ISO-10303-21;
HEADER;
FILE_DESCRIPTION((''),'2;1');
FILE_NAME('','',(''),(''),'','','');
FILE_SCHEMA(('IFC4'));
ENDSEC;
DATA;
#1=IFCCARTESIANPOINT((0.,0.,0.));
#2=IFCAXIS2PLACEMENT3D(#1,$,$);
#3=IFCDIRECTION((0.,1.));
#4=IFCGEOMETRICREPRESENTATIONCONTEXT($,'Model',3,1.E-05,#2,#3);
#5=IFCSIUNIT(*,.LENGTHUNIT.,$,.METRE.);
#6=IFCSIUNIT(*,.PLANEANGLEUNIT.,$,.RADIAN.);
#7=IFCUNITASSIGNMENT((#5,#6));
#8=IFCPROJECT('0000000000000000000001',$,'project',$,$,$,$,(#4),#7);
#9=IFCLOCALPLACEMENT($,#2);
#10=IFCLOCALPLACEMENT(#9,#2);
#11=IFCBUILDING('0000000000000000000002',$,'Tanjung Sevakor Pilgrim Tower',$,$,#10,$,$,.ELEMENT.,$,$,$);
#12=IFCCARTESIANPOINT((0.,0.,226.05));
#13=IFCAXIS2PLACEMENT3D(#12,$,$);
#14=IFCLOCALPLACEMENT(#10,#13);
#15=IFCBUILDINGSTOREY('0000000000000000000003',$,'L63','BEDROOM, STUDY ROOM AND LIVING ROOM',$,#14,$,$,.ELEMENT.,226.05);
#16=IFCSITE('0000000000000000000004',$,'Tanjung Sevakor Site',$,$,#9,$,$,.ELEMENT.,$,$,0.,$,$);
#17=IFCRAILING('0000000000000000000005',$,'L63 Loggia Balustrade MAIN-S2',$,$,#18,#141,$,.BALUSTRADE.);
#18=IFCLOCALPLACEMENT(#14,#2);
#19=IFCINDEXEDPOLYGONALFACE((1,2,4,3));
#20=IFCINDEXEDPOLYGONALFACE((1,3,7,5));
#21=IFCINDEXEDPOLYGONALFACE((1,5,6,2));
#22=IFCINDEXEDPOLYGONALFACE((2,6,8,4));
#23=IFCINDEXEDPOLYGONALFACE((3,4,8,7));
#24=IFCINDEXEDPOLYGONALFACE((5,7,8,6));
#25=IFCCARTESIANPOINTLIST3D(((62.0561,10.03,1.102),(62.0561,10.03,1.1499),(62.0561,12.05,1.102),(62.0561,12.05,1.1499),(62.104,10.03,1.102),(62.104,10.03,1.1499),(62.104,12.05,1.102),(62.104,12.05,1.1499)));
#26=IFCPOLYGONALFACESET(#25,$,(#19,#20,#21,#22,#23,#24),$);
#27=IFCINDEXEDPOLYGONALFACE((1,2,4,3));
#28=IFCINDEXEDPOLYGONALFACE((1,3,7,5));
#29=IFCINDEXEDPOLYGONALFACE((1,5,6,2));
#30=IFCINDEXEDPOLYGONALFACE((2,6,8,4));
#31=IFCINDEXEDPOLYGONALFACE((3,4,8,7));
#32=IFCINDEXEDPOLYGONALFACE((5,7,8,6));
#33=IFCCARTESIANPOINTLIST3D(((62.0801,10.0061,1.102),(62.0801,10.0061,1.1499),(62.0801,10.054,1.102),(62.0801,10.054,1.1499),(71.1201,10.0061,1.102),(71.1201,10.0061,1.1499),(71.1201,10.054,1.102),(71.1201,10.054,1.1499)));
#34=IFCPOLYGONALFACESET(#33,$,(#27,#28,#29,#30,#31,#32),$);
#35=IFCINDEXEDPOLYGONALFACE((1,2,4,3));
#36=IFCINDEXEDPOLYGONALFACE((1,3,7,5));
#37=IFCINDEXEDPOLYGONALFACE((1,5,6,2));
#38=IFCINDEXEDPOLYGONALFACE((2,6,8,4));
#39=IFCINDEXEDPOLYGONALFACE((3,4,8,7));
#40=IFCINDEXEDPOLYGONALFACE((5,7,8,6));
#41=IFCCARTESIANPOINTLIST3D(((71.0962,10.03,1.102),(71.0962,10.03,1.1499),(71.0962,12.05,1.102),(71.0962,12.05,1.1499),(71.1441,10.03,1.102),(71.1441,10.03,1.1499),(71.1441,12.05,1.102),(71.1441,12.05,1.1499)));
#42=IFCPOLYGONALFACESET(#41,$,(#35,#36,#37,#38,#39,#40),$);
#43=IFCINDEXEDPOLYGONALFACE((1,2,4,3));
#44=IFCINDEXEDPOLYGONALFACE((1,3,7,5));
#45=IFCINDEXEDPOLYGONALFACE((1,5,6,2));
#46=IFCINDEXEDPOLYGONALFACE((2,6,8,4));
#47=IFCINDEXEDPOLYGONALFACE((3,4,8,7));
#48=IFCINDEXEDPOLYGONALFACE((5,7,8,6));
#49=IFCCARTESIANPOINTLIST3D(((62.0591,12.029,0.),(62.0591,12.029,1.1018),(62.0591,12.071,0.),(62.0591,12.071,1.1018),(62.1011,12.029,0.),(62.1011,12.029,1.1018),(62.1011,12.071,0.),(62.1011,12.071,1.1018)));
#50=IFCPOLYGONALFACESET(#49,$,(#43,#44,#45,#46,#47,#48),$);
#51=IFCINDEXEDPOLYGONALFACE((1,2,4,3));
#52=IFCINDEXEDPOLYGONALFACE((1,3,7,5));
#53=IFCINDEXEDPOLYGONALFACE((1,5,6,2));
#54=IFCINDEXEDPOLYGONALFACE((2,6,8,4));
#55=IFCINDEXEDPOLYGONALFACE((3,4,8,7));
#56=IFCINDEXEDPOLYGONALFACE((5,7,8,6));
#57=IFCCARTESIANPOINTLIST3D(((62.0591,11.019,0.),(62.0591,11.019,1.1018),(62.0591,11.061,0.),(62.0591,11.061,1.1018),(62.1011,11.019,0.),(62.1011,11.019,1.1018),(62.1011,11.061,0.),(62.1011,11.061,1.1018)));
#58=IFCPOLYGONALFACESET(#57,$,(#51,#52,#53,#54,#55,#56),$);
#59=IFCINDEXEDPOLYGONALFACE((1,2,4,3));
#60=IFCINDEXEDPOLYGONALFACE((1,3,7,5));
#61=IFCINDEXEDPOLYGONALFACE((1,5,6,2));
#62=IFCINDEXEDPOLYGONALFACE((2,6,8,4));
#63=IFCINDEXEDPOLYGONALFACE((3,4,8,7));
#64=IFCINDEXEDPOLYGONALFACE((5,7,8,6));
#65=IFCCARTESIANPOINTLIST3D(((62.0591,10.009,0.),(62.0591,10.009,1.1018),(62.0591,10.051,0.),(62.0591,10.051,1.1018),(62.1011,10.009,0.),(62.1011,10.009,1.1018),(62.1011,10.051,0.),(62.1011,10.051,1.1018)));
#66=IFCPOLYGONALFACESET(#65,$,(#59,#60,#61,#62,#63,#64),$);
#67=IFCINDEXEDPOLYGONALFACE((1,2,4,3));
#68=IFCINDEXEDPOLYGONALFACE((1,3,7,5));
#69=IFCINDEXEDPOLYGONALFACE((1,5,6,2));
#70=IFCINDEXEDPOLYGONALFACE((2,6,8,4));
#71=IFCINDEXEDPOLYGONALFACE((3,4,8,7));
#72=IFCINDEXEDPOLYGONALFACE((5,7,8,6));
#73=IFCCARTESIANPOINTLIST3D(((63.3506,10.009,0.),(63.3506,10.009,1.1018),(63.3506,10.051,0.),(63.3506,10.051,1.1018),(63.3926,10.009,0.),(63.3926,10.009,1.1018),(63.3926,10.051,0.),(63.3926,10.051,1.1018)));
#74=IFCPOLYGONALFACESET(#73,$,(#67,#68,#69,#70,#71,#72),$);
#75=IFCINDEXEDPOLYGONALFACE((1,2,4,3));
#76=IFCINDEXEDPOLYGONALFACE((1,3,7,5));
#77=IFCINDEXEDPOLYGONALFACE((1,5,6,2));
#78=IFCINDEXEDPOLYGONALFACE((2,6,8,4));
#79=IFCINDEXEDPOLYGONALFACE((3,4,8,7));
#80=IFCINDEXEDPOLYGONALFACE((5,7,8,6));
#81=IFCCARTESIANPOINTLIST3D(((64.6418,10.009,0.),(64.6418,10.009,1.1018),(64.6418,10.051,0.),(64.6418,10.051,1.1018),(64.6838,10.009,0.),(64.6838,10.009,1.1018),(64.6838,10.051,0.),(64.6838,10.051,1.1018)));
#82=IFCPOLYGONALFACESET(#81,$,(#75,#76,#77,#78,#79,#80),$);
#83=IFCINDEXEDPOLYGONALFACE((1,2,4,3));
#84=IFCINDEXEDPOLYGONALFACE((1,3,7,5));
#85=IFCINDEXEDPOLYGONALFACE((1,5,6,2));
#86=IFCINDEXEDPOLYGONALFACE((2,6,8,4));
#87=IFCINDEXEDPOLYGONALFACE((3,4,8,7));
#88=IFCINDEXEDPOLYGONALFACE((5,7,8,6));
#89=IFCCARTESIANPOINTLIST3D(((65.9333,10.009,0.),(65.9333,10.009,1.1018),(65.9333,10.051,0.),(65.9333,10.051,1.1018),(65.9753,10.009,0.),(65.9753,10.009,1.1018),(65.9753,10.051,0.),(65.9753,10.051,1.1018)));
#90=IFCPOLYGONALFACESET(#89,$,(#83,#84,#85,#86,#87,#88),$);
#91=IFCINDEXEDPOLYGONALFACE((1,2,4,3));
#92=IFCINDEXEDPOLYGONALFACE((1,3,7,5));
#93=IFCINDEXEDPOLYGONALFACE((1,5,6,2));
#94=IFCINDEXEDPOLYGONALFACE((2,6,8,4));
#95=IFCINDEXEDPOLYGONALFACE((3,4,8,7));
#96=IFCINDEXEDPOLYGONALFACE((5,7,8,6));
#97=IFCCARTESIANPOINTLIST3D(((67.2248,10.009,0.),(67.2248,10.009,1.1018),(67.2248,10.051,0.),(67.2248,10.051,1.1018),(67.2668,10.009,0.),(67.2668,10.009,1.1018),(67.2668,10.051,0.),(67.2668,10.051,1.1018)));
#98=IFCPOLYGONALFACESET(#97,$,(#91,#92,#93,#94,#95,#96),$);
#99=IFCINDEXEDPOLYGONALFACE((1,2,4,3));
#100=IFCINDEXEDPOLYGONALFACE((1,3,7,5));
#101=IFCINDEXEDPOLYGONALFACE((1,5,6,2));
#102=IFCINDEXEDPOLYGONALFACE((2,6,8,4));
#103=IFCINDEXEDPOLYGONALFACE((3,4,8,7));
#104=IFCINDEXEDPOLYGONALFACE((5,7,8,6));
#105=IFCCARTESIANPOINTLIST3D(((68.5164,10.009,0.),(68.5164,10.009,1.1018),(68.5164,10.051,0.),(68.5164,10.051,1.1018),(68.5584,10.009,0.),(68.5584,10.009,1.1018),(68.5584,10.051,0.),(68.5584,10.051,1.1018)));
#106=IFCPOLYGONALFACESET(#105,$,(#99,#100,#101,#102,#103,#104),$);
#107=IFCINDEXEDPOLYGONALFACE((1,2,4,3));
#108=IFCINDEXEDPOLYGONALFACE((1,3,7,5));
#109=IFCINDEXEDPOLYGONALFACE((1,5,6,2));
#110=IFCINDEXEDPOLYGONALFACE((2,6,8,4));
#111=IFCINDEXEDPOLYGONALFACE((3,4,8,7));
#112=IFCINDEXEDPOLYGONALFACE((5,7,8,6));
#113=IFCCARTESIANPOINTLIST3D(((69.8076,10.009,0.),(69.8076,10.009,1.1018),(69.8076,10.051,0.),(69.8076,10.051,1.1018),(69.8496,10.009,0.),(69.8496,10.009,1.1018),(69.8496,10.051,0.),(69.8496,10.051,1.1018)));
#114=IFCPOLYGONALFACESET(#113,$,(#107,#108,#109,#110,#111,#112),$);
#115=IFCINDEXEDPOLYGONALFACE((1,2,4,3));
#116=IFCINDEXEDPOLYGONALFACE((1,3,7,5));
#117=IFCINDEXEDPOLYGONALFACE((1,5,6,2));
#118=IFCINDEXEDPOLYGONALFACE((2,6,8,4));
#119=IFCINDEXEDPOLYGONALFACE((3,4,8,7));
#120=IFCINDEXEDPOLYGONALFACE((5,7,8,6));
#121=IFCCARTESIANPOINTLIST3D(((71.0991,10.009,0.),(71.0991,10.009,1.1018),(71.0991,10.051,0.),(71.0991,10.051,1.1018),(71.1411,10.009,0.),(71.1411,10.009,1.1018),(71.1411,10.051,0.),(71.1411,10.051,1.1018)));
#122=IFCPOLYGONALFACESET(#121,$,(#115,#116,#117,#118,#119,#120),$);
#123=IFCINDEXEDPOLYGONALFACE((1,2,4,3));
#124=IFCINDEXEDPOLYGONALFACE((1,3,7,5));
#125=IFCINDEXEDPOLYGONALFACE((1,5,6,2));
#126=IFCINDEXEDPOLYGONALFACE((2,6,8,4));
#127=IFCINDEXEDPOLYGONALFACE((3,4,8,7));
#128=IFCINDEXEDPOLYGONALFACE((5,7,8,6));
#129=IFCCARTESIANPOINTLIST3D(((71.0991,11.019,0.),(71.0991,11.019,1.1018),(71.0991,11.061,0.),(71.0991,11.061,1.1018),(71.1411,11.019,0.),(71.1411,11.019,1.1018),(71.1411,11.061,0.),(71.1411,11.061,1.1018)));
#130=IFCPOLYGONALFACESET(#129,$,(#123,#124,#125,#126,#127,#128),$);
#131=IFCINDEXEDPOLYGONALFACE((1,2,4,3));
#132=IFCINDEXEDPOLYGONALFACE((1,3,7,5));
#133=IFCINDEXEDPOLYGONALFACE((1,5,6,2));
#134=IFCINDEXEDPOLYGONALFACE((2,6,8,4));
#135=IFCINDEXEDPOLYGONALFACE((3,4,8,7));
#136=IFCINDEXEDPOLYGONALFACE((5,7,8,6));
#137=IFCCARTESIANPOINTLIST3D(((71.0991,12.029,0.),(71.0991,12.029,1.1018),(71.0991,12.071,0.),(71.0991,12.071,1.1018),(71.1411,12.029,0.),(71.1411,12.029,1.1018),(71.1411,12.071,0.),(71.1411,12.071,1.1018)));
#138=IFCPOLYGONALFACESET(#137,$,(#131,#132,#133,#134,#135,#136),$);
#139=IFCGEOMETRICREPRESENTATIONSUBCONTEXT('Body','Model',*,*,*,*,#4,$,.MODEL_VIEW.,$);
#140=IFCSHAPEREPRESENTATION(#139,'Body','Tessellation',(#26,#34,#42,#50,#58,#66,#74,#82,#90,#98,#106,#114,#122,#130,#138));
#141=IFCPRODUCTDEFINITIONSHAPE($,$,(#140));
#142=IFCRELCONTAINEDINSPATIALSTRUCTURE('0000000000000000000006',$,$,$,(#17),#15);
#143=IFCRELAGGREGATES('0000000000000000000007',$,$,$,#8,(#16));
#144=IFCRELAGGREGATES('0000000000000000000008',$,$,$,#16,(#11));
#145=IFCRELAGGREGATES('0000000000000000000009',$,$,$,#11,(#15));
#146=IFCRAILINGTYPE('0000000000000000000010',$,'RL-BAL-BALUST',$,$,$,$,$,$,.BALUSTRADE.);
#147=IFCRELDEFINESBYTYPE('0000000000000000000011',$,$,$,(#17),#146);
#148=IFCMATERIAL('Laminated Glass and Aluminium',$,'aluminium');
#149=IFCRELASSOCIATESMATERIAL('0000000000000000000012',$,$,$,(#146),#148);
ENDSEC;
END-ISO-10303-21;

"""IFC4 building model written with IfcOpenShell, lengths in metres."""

from ifc_helpers import new_model, si_unit, direction, frame, origin, place, context, subcontext, project, spatial, rectangle, extrude, material, type_object, element, save


model = new_model("IFC4")

# Units and contexts
model_context = context("Model", 3, precision=1e-05, world=origin(), true_north=direction((0.0, 1.0)))
body_context = subcontext(model_context, "Body", "Model", "MODEL_VIEW")
ifc_project = project(units=[si_unit("LENGTHUNIT", "METRE"), si_unit("PLANEANGLEUNIT", "RADIAN")], contexts=[model_context])

# Site, building, storey
site_placement = place(None, origin())
site = spatial("IfcSite", under=ifc_project, at=site_placement, Name="Tanjung Sevakor Site", CompositionType="ELEMENT", RefElevation=0.0)
building_placement = place(site_placement, origin())
building = spatial("IfcBuilding", under=site, at=building_placement, Name="Tanjung Sevakor Pilgrim Tower", CompositionType="ELEMENT")
storey_placement = place(building_placement, frame((0.0, 0.0, 226.05)))
storey = spatial("IfcBuildingStorey", under=building, at=storey_placement, Name="L63", Description="BEDROOM, STUDY ROOM AND LIVING ROOM", CompositionType="ELEMENT", Elevation=226.05)

# Railing
ifc_material_1 = material(Name="Laminated Glass and Aluminium", Category="aluminium")
railing_type = type_object("IfcRailingType", Name="RL-BAL-BALUST", PredefinedType="BALUSTRADE", material=ifc_material_1)
railing_placement = place(storey_placement, frame((62.0801, 12.05, 0.0)))
element("IfcRailing", 1, at=railing_placement, inside=storey, type_object=railing_type, Name="L63 Loggia Balustrade MAIN-S2", PredefinedType="BALUSTRADE", context=body_context, shape_type="SweptSolid", body=[
    extrude(rectangle(XDim=0.0479, YDim=0.0479), frame((0.0, 0.0, 1.126), z_axis=(0.0, -1.0, 0.0), x_axis=(1.0, 0.0, 0.0)), (0.0, 0.0, 1.0), 2.02),
    extrude(rectangle(XDim=0.0479, YDim=0.0479), frame((0.0, -2.02, 1.126), z_axis=(1.0, 0.0, 0.0), x_axis=(0.0, 1.0, 0.0)), (0.0, 0.0, 1.0), 9.04),
    extrude(rectangle(XDim=0.0479, YDim=0.0479), frame((9.04, -2.02, 1.126), z_axis=(0.0, 1.0, 0.0), x_axis=(-1.0, 0.0, 0.0)), (0.0, 0.0, 1.0), 2.02),
    extrude(rectangle(XDim=0.042, YDim=0.042), origin(), (0.0, 0.0, 1.0), 1.1018),
    extrude(rectangle(XDim=0.042, YDim=0.042), frame((0.0, -1.01, 0.0)), (0.0, 0.0, 1.0), 1.1018),
    extrude(rectangle(XDim=0.042, YDim=0.042), frame((0.0, -2.02, 0.0)), (0.0, 0.0, 1.0), 1.1018),
    extrude(rectangle(XDim=0.042, YDim=0.042), frame((1.2915, -2.02, 0.0)), (0.0, 0.0, 1.0), 1.1018),
    extrude(rectangle(XDim=0.042, YDim=0.042), frame((2.5828, -2.02, 0.0)), (0.0, 0.0, 1.0), 1.1018),
    extrude(rectangle(XDim=0.042, YDim=0.042), frame((3.8743, -2.02, 0.0)), (0.0, 0.0, 1.0), 1.1018),
    extrude(rectangle(XDim=0.042, YDim=0.042), frame((5.1658, -2.02, 0.0)), (0.0, 0.0, 1.0), 1.1018),
    extrude(rectangle(XDim=0.042, YDim=0.042), frame((6.4573, -2.02, 0.0)), (0.0, 0.0, 1.0), 1.1018),
    extrude(rectangle(XDim=0.042, YDim=0.042), frame((7.7485, -2.02, 0.0)), (0.0, 0.0, 1.0), 1.1018),
    extrude(rectangle(XDim=0.042, YDim=0.042), frame((9.04, -2.02, 0.0)), (0.0, 0.0, 1.0), 1.1018),
    extrude(rectangle(XDim=0.042, YDim=0.042), frame((9.04, -1.01, 0.0)), (0.0, 0.0, 1.0), 1.1018),
    extrude(rectangle(XDim=0.042, YDim=0.042), frame((9.04, 0.0, 0.0)), (0.0, 0.0, 1.0), 1.1018),
])

save(model, "model.ifc")
